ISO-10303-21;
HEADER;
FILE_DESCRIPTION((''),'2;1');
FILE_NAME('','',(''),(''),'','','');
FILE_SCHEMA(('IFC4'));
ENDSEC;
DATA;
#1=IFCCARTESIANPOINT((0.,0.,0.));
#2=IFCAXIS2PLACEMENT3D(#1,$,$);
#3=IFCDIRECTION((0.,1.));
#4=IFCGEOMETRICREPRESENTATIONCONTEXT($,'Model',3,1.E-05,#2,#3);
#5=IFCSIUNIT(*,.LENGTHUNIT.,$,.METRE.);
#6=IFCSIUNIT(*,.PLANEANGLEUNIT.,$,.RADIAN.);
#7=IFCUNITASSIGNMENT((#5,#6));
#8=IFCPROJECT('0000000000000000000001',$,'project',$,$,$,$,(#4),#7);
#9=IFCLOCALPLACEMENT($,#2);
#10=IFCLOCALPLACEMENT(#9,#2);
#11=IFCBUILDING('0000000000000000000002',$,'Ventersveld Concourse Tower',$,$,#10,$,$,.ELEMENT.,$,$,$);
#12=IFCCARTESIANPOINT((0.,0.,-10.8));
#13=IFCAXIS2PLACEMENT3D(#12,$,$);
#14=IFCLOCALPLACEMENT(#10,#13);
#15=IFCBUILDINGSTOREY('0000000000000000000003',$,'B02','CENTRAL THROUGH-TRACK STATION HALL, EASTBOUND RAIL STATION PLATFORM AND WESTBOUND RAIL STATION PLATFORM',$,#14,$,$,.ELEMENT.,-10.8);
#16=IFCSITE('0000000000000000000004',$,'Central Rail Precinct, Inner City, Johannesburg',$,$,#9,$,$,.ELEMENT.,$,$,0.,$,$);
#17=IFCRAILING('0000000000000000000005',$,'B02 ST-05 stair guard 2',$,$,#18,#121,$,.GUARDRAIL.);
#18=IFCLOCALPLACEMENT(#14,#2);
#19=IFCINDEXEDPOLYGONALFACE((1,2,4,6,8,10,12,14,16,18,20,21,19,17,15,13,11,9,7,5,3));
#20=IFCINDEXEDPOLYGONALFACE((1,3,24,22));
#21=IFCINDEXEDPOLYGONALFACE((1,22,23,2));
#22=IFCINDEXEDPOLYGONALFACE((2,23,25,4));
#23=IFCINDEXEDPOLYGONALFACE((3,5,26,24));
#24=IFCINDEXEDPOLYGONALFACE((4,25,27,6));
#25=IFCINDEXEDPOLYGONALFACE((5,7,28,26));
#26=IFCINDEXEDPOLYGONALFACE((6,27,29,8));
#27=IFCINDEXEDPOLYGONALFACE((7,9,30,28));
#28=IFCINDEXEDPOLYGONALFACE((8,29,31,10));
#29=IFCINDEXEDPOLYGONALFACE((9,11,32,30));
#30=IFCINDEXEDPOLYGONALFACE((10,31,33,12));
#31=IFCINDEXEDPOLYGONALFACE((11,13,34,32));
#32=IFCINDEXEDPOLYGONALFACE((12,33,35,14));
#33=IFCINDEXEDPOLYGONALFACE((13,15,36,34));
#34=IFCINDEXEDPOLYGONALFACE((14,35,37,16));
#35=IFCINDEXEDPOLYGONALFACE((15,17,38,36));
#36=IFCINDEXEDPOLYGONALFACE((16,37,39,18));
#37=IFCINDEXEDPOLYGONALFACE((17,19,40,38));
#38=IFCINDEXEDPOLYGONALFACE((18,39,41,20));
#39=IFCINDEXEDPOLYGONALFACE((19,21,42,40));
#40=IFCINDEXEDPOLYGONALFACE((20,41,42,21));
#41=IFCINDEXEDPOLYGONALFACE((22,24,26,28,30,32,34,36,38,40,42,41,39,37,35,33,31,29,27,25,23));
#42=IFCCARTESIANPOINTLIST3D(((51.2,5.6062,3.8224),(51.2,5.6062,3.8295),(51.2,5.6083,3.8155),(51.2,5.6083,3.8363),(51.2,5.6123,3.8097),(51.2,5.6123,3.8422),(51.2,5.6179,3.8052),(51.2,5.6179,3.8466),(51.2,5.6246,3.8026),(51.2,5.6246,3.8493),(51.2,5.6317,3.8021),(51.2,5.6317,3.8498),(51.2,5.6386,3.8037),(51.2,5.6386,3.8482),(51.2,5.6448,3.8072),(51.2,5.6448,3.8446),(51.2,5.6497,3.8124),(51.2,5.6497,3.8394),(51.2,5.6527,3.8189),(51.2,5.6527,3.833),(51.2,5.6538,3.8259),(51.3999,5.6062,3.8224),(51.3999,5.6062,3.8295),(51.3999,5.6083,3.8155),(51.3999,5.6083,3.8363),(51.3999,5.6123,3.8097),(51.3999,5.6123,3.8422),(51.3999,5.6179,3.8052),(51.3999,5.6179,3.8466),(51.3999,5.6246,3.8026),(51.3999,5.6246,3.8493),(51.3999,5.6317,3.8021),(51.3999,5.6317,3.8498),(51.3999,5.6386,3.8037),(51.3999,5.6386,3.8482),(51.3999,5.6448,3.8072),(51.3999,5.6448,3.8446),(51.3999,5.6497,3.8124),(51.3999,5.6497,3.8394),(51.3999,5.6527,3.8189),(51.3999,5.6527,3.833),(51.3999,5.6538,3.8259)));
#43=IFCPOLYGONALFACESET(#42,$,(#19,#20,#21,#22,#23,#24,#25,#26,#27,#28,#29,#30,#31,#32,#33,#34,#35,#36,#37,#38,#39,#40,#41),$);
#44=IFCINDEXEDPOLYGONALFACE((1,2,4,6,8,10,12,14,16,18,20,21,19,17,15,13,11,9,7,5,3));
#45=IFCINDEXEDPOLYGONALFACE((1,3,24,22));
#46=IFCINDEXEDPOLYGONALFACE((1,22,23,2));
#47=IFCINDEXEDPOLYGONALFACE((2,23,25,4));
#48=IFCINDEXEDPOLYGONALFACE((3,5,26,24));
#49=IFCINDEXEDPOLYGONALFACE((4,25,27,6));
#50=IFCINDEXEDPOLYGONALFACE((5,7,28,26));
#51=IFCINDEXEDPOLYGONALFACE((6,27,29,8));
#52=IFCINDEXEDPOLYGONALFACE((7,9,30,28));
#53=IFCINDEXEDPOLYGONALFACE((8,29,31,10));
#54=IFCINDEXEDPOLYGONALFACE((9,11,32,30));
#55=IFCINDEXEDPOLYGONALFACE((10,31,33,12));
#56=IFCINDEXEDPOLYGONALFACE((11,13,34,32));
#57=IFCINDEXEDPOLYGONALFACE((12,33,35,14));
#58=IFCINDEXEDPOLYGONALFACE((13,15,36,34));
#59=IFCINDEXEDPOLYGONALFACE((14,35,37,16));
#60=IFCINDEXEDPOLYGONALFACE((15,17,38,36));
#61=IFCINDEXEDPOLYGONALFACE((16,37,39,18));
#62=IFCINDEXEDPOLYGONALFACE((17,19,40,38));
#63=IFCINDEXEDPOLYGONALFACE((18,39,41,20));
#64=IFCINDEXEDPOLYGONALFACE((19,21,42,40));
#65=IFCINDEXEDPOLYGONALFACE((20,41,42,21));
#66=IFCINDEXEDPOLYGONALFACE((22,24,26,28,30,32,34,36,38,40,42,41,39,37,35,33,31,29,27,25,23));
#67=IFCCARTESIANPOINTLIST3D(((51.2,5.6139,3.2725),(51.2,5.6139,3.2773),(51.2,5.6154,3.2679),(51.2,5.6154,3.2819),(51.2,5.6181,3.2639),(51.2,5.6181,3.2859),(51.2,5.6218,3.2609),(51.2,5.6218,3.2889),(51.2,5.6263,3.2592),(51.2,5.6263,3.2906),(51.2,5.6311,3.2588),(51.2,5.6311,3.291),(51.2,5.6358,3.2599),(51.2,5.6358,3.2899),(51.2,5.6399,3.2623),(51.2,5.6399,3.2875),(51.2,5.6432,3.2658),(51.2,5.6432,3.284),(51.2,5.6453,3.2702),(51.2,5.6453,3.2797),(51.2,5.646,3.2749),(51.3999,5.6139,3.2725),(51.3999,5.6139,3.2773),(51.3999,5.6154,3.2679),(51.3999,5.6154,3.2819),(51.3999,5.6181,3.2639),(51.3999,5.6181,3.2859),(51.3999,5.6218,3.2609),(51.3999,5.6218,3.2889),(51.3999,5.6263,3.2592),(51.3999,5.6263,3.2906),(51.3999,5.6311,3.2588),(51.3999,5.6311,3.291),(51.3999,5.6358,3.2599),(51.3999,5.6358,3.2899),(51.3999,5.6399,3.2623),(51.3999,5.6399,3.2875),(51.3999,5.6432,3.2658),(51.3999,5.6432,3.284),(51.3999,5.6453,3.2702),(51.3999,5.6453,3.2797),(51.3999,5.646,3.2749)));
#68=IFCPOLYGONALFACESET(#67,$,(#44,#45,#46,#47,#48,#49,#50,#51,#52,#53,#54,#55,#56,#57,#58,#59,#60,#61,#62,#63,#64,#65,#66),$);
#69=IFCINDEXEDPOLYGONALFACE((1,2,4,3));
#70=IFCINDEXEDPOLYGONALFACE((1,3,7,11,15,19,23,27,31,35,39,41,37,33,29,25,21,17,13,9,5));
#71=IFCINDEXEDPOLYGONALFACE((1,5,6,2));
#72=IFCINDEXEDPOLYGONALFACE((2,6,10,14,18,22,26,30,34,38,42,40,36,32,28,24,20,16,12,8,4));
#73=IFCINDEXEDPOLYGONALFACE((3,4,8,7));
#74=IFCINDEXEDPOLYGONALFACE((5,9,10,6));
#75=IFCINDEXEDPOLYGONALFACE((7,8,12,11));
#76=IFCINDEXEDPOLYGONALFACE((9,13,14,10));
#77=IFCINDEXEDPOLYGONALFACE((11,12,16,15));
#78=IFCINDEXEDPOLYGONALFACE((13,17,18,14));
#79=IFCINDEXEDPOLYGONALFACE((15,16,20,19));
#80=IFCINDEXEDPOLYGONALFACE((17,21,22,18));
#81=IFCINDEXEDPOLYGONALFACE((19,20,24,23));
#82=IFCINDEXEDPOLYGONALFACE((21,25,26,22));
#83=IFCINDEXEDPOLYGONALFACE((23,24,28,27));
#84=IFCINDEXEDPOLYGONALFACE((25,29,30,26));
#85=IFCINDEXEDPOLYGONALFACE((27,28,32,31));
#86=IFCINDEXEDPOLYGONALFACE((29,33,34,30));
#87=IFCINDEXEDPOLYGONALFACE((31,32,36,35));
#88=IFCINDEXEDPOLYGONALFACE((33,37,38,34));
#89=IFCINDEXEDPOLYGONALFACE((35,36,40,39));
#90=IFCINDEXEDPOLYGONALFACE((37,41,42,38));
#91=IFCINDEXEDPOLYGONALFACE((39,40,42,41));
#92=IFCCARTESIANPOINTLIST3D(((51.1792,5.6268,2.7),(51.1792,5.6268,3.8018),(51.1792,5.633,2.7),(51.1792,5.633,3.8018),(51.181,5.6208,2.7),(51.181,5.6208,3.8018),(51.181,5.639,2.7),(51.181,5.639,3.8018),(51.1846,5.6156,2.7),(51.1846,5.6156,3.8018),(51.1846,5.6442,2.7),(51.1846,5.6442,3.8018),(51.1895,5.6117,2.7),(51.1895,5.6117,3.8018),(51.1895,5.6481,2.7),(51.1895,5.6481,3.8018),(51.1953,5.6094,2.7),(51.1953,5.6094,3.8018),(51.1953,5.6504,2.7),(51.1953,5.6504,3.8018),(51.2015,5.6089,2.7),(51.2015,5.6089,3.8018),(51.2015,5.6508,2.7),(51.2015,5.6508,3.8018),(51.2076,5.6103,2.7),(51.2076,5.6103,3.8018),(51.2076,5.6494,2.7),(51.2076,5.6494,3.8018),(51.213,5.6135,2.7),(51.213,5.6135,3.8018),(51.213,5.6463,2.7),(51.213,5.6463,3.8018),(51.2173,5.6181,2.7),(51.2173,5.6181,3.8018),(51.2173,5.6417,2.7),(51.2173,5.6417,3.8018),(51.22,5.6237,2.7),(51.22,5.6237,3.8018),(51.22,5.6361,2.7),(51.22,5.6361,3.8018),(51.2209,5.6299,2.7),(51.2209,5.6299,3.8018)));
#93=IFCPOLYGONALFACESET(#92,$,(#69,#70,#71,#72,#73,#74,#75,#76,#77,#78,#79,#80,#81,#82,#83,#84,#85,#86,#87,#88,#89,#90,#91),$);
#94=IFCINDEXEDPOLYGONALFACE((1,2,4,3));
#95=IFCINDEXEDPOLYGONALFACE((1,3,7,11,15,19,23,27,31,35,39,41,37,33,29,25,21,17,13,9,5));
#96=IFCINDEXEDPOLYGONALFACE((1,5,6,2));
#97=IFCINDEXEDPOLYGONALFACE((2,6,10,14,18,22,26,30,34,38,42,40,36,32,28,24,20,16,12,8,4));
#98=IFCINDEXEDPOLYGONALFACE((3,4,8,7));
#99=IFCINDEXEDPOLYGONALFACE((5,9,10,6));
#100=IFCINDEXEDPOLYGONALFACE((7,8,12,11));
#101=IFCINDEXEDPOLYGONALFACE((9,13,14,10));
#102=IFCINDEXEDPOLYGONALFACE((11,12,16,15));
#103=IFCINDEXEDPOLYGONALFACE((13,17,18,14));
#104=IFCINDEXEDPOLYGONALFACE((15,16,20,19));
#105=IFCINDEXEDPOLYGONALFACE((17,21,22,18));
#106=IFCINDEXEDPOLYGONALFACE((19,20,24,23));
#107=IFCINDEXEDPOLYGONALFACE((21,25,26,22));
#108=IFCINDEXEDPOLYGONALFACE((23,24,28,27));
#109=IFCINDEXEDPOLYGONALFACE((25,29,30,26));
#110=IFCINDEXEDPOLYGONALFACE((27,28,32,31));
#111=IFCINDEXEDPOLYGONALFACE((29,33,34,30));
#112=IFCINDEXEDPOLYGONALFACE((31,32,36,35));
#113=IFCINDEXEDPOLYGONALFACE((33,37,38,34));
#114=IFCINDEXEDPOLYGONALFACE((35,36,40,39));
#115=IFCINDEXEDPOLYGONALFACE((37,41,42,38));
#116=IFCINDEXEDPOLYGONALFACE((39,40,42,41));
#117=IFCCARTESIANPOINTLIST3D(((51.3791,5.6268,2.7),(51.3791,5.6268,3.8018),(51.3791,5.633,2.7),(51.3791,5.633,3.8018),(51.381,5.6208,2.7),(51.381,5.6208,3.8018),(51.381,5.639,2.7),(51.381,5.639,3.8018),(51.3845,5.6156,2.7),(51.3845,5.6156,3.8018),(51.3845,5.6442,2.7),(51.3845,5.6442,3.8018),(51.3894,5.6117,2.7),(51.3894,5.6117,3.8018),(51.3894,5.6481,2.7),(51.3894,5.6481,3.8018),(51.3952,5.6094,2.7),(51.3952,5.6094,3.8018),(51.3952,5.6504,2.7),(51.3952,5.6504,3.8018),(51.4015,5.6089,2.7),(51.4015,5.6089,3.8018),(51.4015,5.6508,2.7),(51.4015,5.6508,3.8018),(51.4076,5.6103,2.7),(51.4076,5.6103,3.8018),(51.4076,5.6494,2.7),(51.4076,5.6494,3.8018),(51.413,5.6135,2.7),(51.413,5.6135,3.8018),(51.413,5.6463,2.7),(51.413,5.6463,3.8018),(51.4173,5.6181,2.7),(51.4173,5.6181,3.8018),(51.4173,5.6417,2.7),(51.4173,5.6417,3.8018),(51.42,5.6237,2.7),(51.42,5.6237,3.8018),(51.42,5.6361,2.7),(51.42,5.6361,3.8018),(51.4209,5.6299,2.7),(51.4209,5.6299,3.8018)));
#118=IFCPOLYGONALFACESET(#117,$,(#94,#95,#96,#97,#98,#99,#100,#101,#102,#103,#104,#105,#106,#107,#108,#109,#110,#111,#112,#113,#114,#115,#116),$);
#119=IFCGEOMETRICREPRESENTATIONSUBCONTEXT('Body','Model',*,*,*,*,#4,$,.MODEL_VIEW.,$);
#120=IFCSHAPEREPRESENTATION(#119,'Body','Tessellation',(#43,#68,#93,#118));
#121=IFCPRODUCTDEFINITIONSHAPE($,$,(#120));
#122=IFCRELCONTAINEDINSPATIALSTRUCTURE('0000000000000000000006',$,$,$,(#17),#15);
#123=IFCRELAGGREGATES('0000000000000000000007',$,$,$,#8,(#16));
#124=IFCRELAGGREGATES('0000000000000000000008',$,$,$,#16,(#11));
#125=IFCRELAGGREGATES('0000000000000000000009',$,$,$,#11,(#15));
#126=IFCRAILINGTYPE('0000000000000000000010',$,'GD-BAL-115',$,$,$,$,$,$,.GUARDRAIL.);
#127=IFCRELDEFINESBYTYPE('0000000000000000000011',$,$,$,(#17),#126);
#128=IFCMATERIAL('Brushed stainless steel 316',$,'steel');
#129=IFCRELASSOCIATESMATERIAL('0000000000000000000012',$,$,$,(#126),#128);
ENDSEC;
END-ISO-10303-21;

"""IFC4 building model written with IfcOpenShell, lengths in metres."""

from ifc_helpers import new_model, si_unit, direction, frame, origin, origin_2d, place, context, subcontext, project, spatial, circle, extrude, material, type_object, element, save


model = new_model("IFC4")

# Units and contexts
model_context = context("Model", 3, precision=1e-05, world=origin(), true_north=direction((0.0, 1.0)))
body_context = subcontext(model_context, "Body", "Model", "MODEL_VIEW")
ifc_project = project(units=[si_unit("LENGTHUNIT", "METRE"), si_unit("PLANEANGLEUNIT", "RADIAN")], contexts=[model_context])

# Site, building, storey
site_placement = place(None, origin())
site = spatial("IfcSite", under=ifc_project, at=site_placement, Name="Central Rail Precinct, Inner City, Johannesburg", CompositionType="ELEMENT", RefElevation=0.0)
building_placement = place(site_placement, origin())
building = spatial("IfcBuilding", under=site, at=building_placement, Name="Ventersveld Concourse Tower", CompositionType="ELEMENT")
storey_placement = place(building_placement, frame((0.0, 0.0, -10.8)))
storey = spatial("IfcBuildingStorey", under=building, at=storey_placement, Name="B02", Description="CENTRAL THROUGH-TRACK STATION HALL, EASTBOUND RAIL STATION PLATFORM AND WESTBOUND RAIL STATION PLATFORM", CompositionType="ELEMENT", Elevation=-10.8)

# Railing
ifc_material_1 = material(Name="Brushed stainless steel 316", Category="steel")
railing_type_1 = type_object("IfcRailingType", Name="GD-BAL-115", PredefinedType="GUARDRAIL", material=ifc_material_1)
railing_1_placement = place(storey_placement, frame((51.2, 5.6299, 2.7)))
element("IfcRailing", 1, at=railing_1_placement, inside=storey, type_object=railing_type_1, Name="B02 ST-05 stair guard 2", PredefinedType="GUARDRAIL", context=body_context, shape_type="SweptSolid", body=[
    extrude(circle(Radius=0.0239, at=origin_2d()), frame((0.0, 0.0, 1.126), z_axis=(1.0, 0.0, 0.0), x_axis=(0.0, 1.0, 0.0)), (0.0, 0.0, 1.0), 0.2),
    extrude(circle(Radius=0.0161, at=origin_2d()), frame((0.0, 0.0, 0.575), z_axis=(1.0, 0.0, 0.0), x_axis=(0.0, 1.0, 0.0)), (0.0, 0.0, 1.0), 0.2),
    extrude(circle(Radius=0.021, at=origin_2d()), origin(), (0.0, 0.0, 1.0), 1.1018),
    extrude(circle(Radius=0.021, at=origin_2d()), frame((0.2, 0.0, 0.0)), (0.0, 0.0, 1.0), 1.1018),
])

save(model, "model.ifc")
